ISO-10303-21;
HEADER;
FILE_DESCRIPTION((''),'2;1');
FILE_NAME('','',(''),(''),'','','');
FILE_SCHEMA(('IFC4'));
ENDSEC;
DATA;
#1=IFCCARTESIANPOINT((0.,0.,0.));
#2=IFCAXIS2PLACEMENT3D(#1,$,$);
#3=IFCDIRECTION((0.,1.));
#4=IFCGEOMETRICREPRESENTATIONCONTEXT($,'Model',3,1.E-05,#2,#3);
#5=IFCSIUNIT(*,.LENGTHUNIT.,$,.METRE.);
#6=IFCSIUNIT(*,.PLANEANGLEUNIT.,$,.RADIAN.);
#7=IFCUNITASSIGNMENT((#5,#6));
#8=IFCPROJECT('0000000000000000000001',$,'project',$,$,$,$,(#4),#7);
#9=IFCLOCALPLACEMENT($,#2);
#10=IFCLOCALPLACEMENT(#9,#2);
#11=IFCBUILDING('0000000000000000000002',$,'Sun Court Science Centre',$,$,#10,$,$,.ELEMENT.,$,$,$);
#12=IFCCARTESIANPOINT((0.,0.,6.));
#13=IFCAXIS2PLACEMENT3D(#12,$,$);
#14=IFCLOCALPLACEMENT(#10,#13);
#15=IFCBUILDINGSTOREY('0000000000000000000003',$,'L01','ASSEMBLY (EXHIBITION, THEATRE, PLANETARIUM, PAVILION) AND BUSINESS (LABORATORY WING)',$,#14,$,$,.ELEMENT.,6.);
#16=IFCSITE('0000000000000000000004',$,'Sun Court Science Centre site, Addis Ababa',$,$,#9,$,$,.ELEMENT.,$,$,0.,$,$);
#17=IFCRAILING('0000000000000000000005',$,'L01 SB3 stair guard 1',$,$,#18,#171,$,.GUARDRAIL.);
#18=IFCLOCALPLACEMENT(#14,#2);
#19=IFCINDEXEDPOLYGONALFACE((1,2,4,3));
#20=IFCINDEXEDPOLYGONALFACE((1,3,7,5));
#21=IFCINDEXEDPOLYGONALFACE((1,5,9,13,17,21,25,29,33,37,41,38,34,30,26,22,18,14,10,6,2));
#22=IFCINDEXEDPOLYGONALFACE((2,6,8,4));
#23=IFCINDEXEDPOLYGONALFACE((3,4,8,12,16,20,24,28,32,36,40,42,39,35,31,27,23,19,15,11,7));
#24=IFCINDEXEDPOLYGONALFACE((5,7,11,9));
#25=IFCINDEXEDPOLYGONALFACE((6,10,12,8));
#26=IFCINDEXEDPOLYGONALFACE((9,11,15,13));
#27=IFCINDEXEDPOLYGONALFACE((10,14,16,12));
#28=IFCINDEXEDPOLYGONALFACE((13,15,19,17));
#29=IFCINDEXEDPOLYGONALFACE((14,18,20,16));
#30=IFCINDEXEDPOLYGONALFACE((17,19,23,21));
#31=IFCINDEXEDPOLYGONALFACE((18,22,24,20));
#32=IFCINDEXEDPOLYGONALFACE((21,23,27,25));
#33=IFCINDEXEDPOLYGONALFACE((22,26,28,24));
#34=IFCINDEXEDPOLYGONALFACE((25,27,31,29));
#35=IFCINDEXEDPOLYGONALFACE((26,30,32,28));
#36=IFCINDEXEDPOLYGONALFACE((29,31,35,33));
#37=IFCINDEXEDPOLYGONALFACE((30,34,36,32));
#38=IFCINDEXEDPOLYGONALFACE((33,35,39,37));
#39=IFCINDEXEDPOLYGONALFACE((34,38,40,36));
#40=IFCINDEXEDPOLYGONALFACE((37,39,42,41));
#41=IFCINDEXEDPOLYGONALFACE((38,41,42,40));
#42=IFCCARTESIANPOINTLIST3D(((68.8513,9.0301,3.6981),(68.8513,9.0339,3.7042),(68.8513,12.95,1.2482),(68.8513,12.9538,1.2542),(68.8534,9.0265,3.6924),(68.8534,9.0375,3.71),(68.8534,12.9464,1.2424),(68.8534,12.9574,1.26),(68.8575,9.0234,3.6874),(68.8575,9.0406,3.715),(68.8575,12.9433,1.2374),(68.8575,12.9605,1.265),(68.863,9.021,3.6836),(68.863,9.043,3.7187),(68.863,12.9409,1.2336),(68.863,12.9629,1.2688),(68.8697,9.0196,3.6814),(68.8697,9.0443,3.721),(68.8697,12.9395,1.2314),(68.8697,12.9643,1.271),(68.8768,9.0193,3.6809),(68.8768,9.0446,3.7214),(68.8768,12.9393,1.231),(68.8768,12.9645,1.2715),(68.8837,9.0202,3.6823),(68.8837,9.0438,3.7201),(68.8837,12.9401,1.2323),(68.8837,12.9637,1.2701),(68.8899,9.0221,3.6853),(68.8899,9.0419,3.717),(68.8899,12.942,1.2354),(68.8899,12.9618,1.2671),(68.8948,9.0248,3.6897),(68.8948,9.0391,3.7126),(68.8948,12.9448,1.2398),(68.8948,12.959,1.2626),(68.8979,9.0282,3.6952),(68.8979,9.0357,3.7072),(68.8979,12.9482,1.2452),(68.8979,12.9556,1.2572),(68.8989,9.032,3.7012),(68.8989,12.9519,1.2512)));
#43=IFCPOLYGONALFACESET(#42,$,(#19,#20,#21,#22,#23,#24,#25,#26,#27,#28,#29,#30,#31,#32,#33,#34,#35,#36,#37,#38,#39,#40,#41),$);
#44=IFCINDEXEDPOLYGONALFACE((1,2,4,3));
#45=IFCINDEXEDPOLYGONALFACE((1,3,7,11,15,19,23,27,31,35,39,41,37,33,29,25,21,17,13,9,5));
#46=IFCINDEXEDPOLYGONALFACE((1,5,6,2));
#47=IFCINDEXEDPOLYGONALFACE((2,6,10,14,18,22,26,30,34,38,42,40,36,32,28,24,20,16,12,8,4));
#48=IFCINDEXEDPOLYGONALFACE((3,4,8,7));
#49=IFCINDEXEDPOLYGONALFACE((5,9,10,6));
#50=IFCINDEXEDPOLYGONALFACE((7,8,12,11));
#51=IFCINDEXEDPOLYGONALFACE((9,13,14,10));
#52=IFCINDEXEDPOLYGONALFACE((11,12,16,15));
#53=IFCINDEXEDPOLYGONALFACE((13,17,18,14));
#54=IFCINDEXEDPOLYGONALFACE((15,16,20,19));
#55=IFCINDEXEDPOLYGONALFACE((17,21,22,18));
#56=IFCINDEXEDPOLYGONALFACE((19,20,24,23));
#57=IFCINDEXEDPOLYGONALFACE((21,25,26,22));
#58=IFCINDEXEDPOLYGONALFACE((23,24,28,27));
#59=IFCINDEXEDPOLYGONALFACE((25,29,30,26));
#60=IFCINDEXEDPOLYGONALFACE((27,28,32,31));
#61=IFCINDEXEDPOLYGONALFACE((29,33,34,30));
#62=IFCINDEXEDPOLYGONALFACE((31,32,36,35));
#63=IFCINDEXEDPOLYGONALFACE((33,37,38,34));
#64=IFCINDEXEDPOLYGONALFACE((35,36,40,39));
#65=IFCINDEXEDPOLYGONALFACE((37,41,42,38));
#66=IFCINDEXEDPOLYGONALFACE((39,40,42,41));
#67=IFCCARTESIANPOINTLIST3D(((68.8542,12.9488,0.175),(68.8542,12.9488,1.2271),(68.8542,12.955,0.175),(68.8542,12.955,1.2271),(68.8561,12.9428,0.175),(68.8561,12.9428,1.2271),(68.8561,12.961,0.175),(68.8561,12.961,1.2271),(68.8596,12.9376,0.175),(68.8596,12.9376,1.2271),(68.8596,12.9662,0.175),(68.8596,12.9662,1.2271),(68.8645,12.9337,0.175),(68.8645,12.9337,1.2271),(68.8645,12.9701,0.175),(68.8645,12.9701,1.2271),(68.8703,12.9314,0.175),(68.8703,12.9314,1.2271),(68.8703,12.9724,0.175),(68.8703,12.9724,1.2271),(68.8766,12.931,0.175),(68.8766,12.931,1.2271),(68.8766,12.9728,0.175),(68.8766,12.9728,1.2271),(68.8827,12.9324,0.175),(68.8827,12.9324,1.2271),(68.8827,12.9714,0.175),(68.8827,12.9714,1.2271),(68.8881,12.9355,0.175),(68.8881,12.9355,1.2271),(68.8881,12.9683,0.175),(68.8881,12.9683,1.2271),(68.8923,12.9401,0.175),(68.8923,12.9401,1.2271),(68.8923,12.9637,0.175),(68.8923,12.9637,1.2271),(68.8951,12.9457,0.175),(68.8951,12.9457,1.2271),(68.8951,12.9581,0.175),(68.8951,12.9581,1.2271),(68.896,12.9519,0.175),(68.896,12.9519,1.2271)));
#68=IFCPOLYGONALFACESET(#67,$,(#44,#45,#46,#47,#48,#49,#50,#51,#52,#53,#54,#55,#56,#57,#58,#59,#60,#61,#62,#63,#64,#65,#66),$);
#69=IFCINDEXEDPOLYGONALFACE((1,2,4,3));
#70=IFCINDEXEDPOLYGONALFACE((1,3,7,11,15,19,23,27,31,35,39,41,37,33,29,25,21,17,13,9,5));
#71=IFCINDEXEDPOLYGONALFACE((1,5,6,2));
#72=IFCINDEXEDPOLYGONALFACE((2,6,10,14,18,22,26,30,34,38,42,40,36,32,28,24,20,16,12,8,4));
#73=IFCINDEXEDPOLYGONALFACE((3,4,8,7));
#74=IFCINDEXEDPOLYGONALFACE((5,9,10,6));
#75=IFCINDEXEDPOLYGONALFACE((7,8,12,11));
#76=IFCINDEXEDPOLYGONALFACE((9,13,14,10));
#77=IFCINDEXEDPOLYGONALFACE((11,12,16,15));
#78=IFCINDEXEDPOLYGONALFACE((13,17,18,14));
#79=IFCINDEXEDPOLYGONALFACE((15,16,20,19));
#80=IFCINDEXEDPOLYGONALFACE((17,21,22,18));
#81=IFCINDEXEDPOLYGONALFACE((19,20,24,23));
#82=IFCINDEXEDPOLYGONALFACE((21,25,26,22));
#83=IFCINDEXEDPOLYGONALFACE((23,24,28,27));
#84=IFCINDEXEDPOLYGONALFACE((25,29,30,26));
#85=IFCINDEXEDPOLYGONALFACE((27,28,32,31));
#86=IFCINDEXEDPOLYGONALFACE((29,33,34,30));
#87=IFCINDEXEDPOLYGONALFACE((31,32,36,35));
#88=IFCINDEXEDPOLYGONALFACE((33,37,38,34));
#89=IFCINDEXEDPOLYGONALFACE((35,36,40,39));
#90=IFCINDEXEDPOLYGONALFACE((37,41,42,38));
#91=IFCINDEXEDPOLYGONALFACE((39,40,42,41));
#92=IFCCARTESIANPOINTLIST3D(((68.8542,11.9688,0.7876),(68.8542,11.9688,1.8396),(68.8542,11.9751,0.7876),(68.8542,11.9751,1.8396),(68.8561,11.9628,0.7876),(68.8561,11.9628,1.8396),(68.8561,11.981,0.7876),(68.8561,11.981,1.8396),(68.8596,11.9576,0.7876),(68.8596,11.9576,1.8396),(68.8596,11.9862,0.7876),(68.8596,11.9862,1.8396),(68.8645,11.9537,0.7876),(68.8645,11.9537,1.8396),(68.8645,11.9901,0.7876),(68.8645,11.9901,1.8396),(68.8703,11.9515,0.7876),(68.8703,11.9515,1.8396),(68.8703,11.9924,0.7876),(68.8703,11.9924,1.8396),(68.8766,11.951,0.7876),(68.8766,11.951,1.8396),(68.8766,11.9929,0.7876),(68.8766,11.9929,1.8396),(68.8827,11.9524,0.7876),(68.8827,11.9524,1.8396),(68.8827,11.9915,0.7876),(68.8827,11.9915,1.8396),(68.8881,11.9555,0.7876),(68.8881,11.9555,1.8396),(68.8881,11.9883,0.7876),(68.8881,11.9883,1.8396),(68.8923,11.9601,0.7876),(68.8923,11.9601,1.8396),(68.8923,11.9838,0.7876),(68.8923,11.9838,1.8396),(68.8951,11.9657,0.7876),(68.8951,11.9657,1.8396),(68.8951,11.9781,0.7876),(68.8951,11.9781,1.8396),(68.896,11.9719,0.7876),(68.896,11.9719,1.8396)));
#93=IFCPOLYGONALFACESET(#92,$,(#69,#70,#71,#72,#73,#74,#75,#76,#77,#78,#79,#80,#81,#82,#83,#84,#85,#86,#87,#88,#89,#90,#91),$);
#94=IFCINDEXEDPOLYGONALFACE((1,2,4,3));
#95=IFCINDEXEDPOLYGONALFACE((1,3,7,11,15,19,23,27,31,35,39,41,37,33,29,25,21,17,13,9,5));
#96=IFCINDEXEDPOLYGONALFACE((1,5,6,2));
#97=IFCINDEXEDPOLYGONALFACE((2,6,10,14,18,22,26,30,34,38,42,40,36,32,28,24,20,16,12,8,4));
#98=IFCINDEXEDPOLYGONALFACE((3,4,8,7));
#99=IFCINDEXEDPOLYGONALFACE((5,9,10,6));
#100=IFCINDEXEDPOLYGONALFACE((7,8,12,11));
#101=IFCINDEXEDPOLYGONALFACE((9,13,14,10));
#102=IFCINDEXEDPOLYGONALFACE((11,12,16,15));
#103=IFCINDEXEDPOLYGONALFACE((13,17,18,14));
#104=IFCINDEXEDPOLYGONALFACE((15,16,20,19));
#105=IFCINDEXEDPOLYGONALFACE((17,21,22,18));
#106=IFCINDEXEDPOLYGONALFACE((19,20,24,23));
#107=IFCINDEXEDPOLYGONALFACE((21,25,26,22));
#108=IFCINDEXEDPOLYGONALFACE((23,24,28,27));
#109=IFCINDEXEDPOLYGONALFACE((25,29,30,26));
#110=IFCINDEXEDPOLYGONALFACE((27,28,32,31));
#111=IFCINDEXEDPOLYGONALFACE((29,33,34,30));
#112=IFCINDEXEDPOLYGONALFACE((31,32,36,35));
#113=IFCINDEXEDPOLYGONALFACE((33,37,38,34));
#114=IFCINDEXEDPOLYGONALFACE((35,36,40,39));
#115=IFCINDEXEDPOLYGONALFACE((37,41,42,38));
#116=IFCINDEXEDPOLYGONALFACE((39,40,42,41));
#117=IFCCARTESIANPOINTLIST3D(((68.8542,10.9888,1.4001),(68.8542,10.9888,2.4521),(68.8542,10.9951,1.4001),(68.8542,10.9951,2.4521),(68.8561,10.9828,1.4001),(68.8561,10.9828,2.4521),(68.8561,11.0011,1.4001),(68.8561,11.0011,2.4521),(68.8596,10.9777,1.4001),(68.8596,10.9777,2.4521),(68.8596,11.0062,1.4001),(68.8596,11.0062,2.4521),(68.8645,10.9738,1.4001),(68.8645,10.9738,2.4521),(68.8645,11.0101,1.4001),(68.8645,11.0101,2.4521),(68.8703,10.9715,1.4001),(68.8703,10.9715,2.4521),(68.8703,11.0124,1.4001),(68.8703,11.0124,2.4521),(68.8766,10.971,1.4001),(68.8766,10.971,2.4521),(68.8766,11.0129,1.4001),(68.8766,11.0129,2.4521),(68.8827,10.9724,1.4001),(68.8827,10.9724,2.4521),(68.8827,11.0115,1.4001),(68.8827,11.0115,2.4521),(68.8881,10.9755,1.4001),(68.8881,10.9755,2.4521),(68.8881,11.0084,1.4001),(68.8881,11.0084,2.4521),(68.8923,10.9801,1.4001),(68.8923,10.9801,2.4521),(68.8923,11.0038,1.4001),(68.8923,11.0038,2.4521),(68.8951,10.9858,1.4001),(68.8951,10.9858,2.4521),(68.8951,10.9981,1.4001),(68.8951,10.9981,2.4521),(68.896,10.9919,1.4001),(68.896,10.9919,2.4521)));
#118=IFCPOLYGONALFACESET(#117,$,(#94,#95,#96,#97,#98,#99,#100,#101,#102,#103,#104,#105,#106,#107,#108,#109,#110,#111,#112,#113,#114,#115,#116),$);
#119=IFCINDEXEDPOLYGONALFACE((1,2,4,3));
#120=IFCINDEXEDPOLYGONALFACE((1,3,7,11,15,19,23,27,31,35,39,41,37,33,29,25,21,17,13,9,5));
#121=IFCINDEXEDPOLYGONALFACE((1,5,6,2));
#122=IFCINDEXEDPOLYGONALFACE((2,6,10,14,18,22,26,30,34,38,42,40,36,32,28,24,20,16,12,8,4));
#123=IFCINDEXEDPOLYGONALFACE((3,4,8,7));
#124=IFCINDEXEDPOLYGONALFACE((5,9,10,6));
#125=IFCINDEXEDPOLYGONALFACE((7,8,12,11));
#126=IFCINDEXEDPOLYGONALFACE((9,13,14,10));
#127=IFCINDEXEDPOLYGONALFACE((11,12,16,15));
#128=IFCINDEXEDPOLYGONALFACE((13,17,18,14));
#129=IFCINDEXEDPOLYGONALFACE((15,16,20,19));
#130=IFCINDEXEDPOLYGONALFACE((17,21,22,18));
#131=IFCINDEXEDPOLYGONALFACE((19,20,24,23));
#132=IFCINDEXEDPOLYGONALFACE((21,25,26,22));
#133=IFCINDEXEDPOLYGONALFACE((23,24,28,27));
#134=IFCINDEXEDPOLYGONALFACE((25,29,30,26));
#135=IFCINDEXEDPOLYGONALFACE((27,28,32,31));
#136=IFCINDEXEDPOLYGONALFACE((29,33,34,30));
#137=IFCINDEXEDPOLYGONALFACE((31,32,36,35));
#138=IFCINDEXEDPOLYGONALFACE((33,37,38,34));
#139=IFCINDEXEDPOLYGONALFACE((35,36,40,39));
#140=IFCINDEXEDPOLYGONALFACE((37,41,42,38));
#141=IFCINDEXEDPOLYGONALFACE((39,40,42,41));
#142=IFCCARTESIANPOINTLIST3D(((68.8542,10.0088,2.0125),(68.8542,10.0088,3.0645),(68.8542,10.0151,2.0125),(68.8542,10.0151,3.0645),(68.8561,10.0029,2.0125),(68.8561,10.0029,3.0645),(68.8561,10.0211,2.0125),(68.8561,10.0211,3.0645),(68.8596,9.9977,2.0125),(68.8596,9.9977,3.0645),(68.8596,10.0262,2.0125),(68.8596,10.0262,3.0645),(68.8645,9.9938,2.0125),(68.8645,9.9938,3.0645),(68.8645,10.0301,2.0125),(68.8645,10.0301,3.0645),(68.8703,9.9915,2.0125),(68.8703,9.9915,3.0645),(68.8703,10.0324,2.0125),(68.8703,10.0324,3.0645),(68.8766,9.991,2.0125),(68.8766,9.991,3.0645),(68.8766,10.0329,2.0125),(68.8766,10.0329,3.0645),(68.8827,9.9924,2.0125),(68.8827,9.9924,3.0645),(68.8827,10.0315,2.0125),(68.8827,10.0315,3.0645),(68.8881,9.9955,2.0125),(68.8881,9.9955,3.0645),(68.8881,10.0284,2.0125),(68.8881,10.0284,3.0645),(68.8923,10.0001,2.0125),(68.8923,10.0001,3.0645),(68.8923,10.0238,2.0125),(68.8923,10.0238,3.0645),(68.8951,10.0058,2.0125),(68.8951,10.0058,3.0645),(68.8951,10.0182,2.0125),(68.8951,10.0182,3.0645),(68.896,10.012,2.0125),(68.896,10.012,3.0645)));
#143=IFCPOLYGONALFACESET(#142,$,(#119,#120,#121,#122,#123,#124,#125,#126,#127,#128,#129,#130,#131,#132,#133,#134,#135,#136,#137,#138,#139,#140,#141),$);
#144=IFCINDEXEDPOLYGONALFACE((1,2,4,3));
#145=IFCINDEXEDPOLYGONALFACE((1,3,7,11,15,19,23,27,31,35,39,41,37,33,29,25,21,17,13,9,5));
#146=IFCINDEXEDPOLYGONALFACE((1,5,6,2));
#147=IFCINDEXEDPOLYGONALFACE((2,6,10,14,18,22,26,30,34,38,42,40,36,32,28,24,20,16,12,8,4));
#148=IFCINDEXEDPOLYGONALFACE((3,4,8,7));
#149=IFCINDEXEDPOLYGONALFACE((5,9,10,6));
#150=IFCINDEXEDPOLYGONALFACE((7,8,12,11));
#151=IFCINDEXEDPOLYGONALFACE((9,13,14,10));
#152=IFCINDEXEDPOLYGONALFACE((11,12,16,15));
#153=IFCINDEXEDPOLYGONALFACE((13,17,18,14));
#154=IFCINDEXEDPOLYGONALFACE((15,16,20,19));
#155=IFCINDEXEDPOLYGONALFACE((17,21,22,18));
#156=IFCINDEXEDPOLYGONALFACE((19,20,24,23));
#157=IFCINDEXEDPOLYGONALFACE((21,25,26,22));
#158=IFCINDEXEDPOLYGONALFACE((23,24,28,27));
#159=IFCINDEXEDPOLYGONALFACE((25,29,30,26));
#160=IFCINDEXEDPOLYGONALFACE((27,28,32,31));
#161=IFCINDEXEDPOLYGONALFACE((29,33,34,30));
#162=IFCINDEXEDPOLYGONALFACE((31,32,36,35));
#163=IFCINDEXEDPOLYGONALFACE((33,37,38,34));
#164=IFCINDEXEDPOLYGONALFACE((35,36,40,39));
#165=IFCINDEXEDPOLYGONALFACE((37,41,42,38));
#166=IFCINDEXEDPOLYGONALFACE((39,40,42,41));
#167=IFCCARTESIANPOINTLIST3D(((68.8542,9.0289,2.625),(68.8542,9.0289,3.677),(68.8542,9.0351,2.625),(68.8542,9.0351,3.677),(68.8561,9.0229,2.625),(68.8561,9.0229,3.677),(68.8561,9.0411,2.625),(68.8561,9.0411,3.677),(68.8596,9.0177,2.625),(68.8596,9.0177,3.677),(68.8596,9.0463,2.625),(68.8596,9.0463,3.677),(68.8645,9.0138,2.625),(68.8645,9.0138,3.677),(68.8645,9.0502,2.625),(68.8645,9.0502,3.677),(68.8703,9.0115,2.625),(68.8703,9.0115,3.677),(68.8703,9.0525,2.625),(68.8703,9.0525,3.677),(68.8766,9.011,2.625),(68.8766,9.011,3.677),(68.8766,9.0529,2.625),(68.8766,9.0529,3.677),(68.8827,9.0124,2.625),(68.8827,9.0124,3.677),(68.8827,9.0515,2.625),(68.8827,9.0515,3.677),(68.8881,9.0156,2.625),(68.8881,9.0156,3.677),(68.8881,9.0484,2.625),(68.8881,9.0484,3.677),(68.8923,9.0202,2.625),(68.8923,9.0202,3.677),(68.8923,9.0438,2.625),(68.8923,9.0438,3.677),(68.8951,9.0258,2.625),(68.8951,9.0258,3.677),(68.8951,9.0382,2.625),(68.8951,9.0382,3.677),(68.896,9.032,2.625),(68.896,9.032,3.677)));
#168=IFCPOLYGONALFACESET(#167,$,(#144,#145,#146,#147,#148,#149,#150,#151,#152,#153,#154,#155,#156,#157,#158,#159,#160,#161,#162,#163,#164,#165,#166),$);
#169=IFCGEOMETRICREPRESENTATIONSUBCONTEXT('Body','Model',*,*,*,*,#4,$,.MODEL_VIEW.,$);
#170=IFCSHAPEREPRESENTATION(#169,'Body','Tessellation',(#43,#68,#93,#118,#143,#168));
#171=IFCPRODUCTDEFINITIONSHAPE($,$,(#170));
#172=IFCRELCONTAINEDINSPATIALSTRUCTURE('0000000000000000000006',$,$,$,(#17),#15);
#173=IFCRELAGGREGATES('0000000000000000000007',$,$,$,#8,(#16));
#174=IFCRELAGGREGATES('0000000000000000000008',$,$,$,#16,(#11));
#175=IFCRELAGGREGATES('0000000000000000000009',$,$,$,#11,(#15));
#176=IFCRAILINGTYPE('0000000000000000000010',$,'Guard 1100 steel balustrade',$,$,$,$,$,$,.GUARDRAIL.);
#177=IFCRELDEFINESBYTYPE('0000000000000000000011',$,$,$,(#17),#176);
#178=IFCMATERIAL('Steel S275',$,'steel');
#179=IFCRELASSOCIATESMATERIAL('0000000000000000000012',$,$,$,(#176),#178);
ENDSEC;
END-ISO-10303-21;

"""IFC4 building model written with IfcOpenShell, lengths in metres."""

from ifc_helpers import new_model, si_unit, direction, frame, origin, origin_2d, place, context, subcontext, project, spatial, circle, extrude, material, type_object, element, save


model = new_model("IFC4")

# Units and contexts
model_context = context("Model", 3, precision=1e-05, world=origin(), true_north=direction((0.0, 1.0)))
body_context = subcontext(model_context, "Body", "Model", "MODEL_VIEW")
ifc_project = project(units=[si_unit("LENGTHUNIT", "METRE"), si_unit("PLANEANGLEUNIT", "RADIAN")], contexts=[model_context])

# Site, building, storey
site_placement = place(None, origin())
site = spatial("IfcSite", under=ifc_project, at=site_placement, Name="Sun Court Science Centre site, Addis Ababa", CompositionType="ELEMENT", RefElevation=0.0)
building_placement = place(site_placement, origin())
building = spatial("IfcBuilding", under=site, at=building_placement, Name="Sun Court Science Centre", CompositionType="ELEMENT")
storey_placement = place(building_placement, frame((0.0, 0.0, 6.0)))
storey = spatial("IfcBuildingStorey", under=building, at=storey_placement, Name="L01", Description="ASSEMBLY (EXHIBITION, THEATRE, PLANETARIUM, PAVILION) AND BUSINESS (LABORATORY WING)", CompositionType="ELEMENT", Elevation=6.0)

# Railing
ifc_material_1 = material(Name="Steel S275", Category="steel")
railing_type_1 = type_object("IfcRailingType", Name="Guard 1100 steel balustrade", PredefinedType="GUARDRAIL", material=ifc_material_1)
railing_1_placement = place(storey_placement, frame((68.875, 12.9519, 0.175)))
element("IfcRailing", 1, at=railing_1_placement, inside=storey, type_object=railing_type_1, Name="L01 SB3 stair guard 1", PredefinedType="GUARDRAIL", context=body_context, shape_type="SweptSolid", body=[
    extrude(circle(Radius=0.0239, at=origin_2d()), frame((0.0, 0.0, 1.0762), z_axis=(0.0, -0.847998, 0.529999), x_axis=(1.0, 0.0, 0.0)), (0.0, 0.0, 1.0), 4.6226),
    extrude(circle(Radius=0.021, at=origin_2d()), origin(), (0.0, 0.0, 1.0), 1.052),
    extrude(circle(Radius=0.021, at=origin_2d()), frame((0.0, -0.98, 0.6125)), (0.0, 0.0, 1.0), 1.052),
    extrude(circle(Radius=0.021, at=origin_2d()), frame((0.0, -1.96, 1.2251)), (0.0, 0.0, 1.0), 1.052),
    extrude(circle(Radius=0.021, at=origin_2d()), frame((0.0, -2.9399, 1.8374)), (0.0, 0.0, 1.0), 1.052),
    extrude(circle(Radius=0.021, at=origin_2d()), frame((0.0, -3.9199, 2.45)), (0.0, 0.0, 1.0), 1.052),
])

save(model, "model.ifc")
